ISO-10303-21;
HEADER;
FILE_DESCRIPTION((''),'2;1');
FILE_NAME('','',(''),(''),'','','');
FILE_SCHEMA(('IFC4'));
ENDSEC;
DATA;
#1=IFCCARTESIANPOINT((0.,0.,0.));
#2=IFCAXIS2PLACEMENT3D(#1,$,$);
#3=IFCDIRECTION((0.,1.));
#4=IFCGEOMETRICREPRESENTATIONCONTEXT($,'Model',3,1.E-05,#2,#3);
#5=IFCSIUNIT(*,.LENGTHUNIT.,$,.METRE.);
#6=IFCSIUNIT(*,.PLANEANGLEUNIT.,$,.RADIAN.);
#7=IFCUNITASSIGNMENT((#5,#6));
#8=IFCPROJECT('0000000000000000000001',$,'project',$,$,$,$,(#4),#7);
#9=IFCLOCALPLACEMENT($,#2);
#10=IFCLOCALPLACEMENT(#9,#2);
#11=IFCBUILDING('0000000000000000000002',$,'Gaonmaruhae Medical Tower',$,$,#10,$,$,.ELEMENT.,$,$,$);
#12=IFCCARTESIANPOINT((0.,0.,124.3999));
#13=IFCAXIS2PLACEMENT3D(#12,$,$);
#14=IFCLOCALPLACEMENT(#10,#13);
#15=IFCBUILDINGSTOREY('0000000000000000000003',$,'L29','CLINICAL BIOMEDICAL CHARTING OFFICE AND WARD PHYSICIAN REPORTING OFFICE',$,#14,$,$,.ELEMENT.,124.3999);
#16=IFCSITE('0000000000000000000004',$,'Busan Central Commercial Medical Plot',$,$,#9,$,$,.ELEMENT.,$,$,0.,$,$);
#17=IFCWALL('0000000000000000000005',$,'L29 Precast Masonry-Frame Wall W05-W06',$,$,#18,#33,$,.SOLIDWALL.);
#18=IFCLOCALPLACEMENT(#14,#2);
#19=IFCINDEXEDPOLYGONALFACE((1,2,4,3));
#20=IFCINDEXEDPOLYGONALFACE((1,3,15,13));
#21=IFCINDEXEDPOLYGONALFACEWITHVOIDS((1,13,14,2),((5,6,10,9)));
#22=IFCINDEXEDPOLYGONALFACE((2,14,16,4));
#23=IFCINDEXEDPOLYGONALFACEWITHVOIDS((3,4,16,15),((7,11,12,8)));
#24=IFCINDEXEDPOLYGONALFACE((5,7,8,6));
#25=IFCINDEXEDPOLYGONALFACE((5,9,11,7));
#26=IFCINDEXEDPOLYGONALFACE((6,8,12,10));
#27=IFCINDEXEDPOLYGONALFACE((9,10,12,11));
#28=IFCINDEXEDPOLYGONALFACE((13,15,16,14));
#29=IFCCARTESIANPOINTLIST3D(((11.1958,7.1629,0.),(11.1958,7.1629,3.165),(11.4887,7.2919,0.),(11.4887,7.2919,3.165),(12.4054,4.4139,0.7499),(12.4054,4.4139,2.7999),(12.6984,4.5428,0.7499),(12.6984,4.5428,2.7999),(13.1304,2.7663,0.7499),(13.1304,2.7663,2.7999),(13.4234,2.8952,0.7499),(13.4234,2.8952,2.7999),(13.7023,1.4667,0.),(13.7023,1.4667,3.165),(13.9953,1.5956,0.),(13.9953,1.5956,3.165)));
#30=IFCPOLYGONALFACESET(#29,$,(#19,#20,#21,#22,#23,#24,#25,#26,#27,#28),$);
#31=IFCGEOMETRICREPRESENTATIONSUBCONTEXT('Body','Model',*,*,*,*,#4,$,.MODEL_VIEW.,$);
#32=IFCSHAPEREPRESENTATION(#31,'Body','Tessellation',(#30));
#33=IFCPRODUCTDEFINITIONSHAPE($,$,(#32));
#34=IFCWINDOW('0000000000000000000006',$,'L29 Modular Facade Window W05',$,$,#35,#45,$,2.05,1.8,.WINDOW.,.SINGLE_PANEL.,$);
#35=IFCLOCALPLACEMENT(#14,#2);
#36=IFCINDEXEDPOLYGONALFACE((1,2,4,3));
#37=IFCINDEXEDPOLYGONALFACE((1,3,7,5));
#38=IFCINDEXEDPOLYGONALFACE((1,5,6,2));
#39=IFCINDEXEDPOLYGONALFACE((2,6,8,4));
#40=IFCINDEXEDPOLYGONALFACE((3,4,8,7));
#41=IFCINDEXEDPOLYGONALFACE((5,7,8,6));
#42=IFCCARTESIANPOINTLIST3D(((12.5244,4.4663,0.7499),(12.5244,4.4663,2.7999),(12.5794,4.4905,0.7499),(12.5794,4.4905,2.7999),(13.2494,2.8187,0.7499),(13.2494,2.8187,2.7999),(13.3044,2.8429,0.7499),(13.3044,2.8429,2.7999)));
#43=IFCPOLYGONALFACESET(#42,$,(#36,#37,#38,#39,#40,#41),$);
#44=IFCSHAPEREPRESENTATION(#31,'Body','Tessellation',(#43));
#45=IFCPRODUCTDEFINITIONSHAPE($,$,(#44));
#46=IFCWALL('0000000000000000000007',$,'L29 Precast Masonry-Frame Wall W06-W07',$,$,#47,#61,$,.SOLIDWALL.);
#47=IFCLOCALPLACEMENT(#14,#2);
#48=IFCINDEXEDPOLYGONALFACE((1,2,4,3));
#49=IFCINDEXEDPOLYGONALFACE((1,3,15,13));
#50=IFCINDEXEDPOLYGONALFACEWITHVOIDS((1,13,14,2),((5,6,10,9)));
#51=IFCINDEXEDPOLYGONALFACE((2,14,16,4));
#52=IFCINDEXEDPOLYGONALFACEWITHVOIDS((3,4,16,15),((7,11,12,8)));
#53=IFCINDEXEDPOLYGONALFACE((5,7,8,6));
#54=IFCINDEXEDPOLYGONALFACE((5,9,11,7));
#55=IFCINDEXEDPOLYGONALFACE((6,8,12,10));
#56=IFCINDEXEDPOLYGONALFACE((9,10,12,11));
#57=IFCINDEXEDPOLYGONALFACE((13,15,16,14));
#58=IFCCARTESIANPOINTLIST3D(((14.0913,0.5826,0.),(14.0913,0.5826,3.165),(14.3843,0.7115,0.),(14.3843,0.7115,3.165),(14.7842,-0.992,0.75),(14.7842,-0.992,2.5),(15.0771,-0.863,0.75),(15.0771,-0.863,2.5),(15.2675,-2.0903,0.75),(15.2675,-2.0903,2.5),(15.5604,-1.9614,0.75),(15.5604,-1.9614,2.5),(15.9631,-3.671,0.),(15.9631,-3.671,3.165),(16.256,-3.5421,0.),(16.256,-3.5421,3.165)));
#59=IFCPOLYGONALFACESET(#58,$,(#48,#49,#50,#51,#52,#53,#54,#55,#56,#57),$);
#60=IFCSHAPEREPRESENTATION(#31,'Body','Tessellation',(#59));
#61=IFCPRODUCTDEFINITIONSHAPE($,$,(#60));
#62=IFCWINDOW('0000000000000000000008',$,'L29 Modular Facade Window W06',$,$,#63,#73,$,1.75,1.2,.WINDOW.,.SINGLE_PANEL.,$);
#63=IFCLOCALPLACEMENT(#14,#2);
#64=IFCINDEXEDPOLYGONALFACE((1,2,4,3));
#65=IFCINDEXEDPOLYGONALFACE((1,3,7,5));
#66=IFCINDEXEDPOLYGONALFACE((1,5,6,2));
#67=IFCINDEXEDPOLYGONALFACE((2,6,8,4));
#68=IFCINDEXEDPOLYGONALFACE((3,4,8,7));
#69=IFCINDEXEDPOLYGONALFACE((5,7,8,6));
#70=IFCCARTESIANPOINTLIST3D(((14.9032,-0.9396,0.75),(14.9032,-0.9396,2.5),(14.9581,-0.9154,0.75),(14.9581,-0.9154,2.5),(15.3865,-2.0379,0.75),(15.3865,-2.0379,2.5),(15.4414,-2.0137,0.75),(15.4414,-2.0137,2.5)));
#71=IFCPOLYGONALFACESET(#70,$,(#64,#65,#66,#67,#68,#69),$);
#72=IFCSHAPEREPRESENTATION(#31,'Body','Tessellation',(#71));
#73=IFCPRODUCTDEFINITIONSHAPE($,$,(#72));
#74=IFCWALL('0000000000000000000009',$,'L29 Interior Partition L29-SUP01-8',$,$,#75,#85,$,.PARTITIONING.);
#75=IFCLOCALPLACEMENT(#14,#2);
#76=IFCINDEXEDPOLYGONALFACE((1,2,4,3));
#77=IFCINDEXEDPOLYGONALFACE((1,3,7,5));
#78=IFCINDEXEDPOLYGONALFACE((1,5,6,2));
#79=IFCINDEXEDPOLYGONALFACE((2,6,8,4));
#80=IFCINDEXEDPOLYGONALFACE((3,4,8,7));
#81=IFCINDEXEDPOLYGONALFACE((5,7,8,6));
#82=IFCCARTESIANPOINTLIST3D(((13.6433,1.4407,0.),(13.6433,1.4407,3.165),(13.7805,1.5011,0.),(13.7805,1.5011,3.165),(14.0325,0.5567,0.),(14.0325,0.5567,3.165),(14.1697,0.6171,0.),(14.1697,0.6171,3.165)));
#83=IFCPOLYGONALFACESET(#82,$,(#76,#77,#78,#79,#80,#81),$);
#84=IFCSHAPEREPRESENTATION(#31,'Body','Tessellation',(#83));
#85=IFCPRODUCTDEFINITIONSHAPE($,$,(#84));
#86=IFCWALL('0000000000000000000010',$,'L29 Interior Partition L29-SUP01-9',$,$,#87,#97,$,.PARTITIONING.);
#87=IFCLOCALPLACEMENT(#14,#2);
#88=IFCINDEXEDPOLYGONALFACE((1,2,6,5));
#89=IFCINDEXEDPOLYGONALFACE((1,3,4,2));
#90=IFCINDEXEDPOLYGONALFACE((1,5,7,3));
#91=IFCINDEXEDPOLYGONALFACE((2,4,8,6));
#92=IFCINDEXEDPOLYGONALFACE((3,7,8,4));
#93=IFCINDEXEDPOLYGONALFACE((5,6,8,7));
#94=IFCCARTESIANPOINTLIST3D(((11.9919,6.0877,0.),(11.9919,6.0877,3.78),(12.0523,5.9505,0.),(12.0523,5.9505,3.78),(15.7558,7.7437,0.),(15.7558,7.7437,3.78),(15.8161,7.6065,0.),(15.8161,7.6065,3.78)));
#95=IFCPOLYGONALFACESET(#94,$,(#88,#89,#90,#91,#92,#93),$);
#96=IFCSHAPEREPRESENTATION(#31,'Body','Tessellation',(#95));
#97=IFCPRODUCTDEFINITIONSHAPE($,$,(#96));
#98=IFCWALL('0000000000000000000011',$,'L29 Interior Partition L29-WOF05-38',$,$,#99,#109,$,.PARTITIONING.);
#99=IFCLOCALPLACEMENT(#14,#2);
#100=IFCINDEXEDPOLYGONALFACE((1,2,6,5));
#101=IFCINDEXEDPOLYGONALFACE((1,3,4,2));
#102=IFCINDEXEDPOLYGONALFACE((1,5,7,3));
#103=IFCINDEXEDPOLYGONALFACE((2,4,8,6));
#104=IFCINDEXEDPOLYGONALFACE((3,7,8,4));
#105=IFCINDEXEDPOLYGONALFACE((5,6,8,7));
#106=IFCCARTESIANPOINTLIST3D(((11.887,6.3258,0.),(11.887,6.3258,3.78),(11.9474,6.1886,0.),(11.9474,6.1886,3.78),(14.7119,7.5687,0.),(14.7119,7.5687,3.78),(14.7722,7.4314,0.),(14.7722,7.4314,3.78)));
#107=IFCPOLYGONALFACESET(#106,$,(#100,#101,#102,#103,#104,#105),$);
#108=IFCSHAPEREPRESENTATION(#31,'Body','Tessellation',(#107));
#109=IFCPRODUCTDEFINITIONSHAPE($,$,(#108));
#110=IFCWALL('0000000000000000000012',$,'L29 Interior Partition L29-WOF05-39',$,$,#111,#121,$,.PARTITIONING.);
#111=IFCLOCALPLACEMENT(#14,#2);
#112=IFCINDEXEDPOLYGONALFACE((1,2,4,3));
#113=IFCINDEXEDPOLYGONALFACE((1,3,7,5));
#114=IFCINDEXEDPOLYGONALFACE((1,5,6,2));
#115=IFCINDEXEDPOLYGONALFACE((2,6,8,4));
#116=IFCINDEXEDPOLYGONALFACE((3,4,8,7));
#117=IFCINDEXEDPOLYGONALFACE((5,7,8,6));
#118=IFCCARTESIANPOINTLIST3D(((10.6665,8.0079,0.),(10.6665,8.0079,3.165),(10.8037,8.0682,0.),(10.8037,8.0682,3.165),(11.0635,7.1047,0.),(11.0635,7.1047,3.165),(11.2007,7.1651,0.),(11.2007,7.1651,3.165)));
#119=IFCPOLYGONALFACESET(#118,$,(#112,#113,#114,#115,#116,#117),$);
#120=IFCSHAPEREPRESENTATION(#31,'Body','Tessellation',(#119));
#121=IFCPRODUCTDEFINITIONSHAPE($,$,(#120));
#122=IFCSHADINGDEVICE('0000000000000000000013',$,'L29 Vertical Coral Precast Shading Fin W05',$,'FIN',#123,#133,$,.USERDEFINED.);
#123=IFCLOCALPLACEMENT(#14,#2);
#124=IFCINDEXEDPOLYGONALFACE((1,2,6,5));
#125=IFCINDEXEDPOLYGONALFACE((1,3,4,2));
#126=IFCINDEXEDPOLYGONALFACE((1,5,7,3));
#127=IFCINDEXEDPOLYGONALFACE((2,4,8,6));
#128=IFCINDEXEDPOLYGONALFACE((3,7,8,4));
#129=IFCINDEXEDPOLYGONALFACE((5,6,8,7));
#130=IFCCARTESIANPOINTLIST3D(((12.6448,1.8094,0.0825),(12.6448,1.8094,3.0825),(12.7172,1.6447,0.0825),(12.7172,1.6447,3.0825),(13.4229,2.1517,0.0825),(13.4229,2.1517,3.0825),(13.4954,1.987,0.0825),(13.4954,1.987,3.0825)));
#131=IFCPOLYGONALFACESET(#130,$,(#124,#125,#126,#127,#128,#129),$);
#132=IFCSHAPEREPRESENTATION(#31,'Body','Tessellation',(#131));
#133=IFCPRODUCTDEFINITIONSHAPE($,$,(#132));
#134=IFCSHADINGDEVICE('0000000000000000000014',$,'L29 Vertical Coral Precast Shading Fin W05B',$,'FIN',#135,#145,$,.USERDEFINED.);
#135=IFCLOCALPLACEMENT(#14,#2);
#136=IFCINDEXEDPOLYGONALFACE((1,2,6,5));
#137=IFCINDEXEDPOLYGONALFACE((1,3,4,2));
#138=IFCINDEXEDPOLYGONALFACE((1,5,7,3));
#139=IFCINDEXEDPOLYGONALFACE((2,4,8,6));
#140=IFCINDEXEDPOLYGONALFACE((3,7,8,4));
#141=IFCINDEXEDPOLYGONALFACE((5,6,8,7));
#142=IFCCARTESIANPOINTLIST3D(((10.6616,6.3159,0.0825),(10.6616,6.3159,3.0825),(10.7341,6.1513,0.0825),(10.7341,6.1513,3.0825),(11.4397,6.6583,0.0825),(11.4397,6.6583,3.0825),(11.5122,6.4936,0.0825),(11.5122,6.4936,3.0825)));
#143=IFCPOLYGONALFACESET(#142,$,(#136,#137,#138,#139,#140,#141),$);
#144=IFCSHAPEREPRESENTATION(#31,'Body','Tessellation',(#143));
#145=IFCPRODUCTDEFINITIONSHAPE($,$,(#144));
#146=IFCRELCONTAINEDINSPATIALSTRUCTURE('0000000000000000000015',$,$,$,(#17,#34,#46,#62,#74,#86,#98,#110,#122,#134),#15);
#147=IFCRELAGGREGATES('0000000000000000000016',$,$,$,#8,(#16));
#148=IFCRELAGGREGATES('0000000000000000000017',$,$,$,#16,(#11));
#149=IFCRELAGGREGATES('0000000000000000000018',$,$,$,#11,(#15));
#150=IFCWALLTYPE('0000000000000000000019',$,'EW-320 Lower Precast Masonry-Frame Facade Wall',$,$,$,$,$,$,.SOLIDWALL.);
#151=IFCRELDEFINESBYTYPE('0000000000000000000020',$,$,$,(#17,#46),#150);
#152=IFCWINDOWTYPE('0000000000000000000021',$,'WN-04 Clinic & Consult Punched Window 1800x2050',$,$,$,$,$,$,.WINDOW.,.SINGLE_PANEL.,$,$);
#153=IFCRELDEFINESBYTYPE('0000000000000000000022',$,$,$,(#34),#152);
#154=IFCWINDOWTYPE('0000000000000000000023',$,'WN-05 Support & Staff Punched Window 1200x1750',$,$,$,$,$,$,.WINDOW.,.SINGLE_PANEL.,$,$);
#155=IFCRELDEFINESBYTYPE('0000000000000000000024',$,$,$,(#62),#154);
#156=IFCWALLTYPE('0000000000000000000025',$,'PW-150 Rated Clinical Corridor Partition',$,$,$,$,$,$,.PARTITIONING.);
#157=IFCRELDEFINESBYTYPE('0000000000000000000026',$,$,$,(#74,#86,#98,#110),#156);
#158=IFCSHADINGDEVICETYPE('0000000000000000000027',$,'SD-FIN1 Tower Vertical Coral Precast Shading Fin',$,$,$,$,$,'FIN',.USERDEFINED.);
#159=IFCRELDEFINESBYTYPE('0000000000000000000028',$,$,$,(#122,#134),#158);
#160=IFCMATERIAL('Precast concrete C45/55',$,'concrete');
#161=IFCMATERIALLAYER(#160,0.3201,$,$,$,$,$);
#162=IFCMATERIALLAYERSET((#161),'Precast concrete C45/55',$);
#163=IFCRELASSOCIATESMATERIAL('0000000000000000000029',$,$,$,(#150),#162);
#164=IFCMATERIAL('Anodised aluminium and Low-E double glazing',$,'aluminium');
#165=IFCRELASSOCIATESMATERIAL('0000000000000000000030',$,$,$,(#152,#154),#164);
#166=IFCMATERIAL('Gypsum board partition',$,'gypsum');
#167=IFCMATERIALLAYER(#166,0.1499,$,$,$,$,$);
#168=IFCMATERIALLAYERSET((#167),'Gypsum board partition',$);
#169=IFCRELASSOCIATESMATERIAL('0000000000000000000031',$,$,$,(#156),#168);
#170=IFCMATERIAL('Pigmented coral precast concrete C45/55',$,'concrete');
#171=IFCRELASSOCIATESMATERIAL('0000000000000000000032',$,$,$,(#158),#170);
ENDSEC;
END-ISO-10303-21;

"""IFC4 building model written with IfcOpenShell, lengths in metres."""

from ifc_helpers import new_model, si_unit, direction, frame, frame_2d, origin, origin_2d, place, context, subcontext, project, spatial, rectangle, extrude, material, layer, layer_set, type_object, element, fill, save


model = new_model("IFC4")

# Units and contexts
model_context = context("Model", 3, precision=1e-05, world=origin(), true_north=direction((0.0, 1.0)))
body_context = subcontext(model_context, "Body", "Model", "MODEL_VIEW")
ifc_project = project(units=[si_unit("LENGTHUNIT", "METRE"), si_unit("PLANEANGLEUNIT", "RADIAN")], contexts=[model_context])

# Site, building, storey
site_placement = place(None, origin())
site = spatial("IfcSite", under=ifc_project, at=site_placement, Name="Busan Central Commercial Medical Plot", CompositionType="ELEMENT", RefElevation=0.0)
building_placement = place(site_placement, origin())
building = spatial("IfcBuilding", under=site, at=building_placement, Name="Gaonmaruhae Medical Tower", CompositionType="ELEMENT")
storey_placement = place(building_placement, frame((0.0, 0.0, 124.3999)))
storey = spatial("IfcBuildingStorey", under=building, at=storey_placement, Name="L29", Description="CLINICAL BIOMEDICAL CHARTING OFFICE AND WARD PHYSICIAN REPORTING OFFICE", CompositionType="ELEMENT", Elevation=124.3999)

# Walls, openings, windows
ifc_material_1 = material(Name="Precast concrete C45/55", Category="concrete")
ifc_layer_1 = layer(ifc_material_1, 0.3201)
ifc_layer_set_1 = layer_set([ifc_layer_1], Name="Precast concrete C45/55")
wall_type_1 = type_object("IfcWallType", Name="EW-320 Lower Precast Masonry-Frame Facade Wall", PredefinedType="SOLIDWALL", material=ifc_layer_set_1)
wall_1_placement = place(storey_placement, frame((13.8489, 1.531, 0.0), z_axis=(0.0, 0.0, 1.0), x_axis=(-0.402769, 0.915302, 0.0)))
wall_1 = element("IfcWall", 1, at=wall_1_placement, inside=storey, type_object=wall_type_1, Name="L29 Precast Masonry-Frame Wall W05-W06", PredefinedType="SOLIDWALL", context=body_context, shape_type="SweptSolid", body=[
    extrude(rectangle(XDim=6.2234, YDim=0.3201, at=frame_2d((3.1118, 0.0))), origin(), (0.0, 0.0, 1.0), 3.165),
])
opening_1_placement = place(wall_1_placement, frame((1.4202, 0.0, 0.75)))
opening_1 = element("IfcOpeningElement", 2, at=opening_1_placement, cuts=wall_1, PredefinedType="OPENING", context=body_context, shape_type="SweptSolid", body=[
    extrude(rectangle(XDim=1.8, YDim=2.05, at=frame_2d((0.8999, 1.0249))), frame((0.0, 0.1699, 0.0), z_axis=(0.0, -1.0, 0.0), x_axis=(1.0, 0.0, 0.0)), (0.0, 0.0, 1.0), 0.3401),
])
ifc_material_2 = material(Name="Anodised aluminium and Low-E double glazing", Category="aluminium")
window_type_1 = type_object("IfcWindowType", Name="WN-04 Clinic & Consult Punched Window 1800x2050", PartitioningType="SINGLE_PANEL", PredefinedType="WINDOW", material=ifc_material_2)
window_1_placement = place(opening_1_placement, origin())
window_1 = element("IfcWindow", 3, at=window_1_placement, inside=storey, type_object=window_type_1, Name="L29 Modular Facade Window W05", OverallHeight=2.05, OverallWidth=1.8, PartitioningType="SINGLE_PANEL", PredefinedType="WINDOW", context=body_context, shape_type="SweptSolid", body=[
    extrude(rectangle(XDim=1.8, YDim=2.05, at=frame_2d((0.8999, 1.0249))), frame((0.0, 0.03, 0.0), z_axis=(0.0, -1.0, 0.0), x_axis=(1.0, 0.0, 0.0)), (0.0, 0.0, 1.0), 0.0601),
])
fill(opening_1, window_1)
wall_2_placement = place(storey_placement, frame((16.1096, -3.6067, 0.0), z_axis=(0.0, 0.0, 1.0), x_axis=(-0.402777, 0.915298, 0.0)))
wall_2 = element("IfcWall", 4, at=wall_2_placement, inside=storey, type_object=wall_type_1, Name="L29 Precast Masonry-Frame Wall W06-W07", PredefinedType="SOLIDWALL", context=body_context, shape_type="SweptSolid", body=[
    extrude(rectangle(XDim=4.6472, YDim=0.3201, at=frame_2d((2.3237, 0.0))), origin(), (0.0, 0.0, 1.0), 3.165),
])
opening_2_placement = place(wall_2_placement, frame((1.7271, 0.0, 0.75)))
opening_2 = element("IfcOpeningElement", 5, at=opening_2_placement, cuts=wall_2, PredefinedType="OPENING", context=body_context, shape_type="SweptSolid", body=[
    extrude(rectangle(XDim=1.2, YDim=1.75, at=frame_2d((0.6001, 0.875))), frame((0.0, 0.1699, 0.0), z_axis=(0.0, -1.0, 0.0), x_axis=(1.0, 0.0, 0.0)), (0.0, 0.0, 1.0), 0.3401),
])
window_type_2 = type_object("IfcWindowType", Name="WN-05 Support & Staff Punched Window 1200x1750", PartitioningType="SINGLE_PANEL", PredefinedType="WINDOW", material=ifc_material_2)
window_2_placement = place(opening_2_placement, origin())
window_2 = element("IfcWindow", 6, at=window_2_placement, inside=storey, type_object=window_type_2, Name="L29 Modular Facade Window W06", OverallHeight=1.75, OverallWidth=1.2, PartitioningType="SINGLE_PANEL", PredefinedType="WINDOW", context=body_context, shape_type="SweptSolid", body=[
    extrude(rectangle(XDim=1.2, YDim=1.75, at=frame_2d((0.6001, 0.875))), frame((0.0, 0.03, 0.0), z_axis=(0.0, -1.0, 0.0), x_axis=(1.0, 0.0, 0.0)), (0.0, 0.0, 1.0), 0.0601),
])
fill(opening_2, window_2)

# Walls
ifc_material_3 = material(Name="Gypsum board partition", Category="gypsum")
ifc_layer_2 = layer(ifc_material_3, 0.1499)
ifc_layer_set_2 = layer_set([ifc_layer_2], Name="Gypsum board partition")
wall_type_2 = type_object("IfcWallType", Name="PW-150 Rated Clinical Corridor Partition", PredefinedType="PARTITIONING", material=ifc_layer_set_2)
wall_3_placement = place(storey_placement, frame((14.1011, 0.5869, 0.0), z_axis=(0.0, 0.0, 1.0), x_axis=(-0.4029, 0.915244, 0.0)))
element("IfcWall", 7, at=wall_3_placement, inside=storey, type_object=wall_type_2, Name="L29 Interior Partition L29-SUP01-8", PredefinedType="PARTITIONING", context=body_context, shape_type="SweptSolid", body=[
    extrude(rectangle(XDim=0.9658, YDim=0.1499, at=frame_2d((0.4829, 0.0))), origin(), (0.0, 0.0, 1.0), 3.165),
])
wall_4_placement = place(storey_placement, frame((12.022, 6.019, 0.0), z_axis=(0.0, 0.0, 1.0), x_axis=(0.915326, 0.402715, 0.0)))
element("IfcWall", 8, at=wall_4_placement, inside=storey, type_object=wall_type_2, Name="L29 Interior Partition L29-SUP01-9", PredefinedType="PARTITIONING", context=body_context, shape_type="SweptSolid", body=[
    extrude(rectangle(XDim=4.1121, YDim=0.1499, at=frame_2d((2.0562, 0.0))), origin(), (0.0, 0.0, 1.0), 3.78),
])
wall_5_placement = place(storey_placement, frame((14.7419, 7.5, 0.0), z_axis=(0.0, 0.0, 1.0), x_axis=(-0.915322, -0.402723, 0.0)))
element("IfcWall", 9, at=wall_5_placement, inside=storey, type_object=wall_type_2, Name="L29 Interior Partition L29-WOF05-38", PredefinedType="PARTITIONING", context=body_context, shape_type="SweptSolid", body=[
    extrude(rectangle(XDim=3.0862, YDim=0.1499, at=frame_2d((1.543, 0.0))), origin(), (0.0, 0.0, 1.0), 3.78),
])
wall_6_placement = place(storey_placement, frame((11.1321, 7.135, 0.0), z_axis=(0.0, 0.0, 1.0), x_axis=(-0.402415, 0.915457, 0.0)))
element("IfcWall", 10, at=wall_6_placement, inside=storey, type_object=wall_type_2, Name="L29 Interior Partition L29-WOF05-39", PredefinedType="PARTITIONING", context=body_context, shape_type="SweptSolid", body=[
    extrude(rectangle(XDim=0.9866, YDim=0.1499, at=frame_2d((0.4932, 0.0))), origin(), (0.0, 0.0, 1.0), 3.165),
])

# Shading devices
ifc_material_4 = material(Name="Pigmented coral precast concrete C45/55", Category="concrete")
shading_device_type = type_object("IfcShadingDeviceType", Name="SD-FIN1 Tower Vertical Coral Precast Shading Fin", ElementType="FIN", PredefinedType="USERDEFINED", material=ifc_material_4)
for number, where, z_axis, x_axis, name in (
    (11, (13.0701, 1.8982, 0.0825), (0.0, 0.0, 1.0), (-0.402747, 0.915311, 0.0), "L29 Vertical Coral Precast Shading Fin W05"),
    (12, (11.0869, 6.4048, 0.0825), (0.0, 0.0, 1.0), (-0.402747, 0.915311, 0.0), "L29 Vertical Coral Precast Shading Fin W05B"),
):
    element("IfcShadingDevice", number, at=place(storey_placement, frame(where, z_axis=z_axis, x_axis=x_axis)), inside=storey, type_object=shading_device_type, Name=name, ObjectType="FIN", PredefinedType="USERDEFINED", context=body_context, shape_type="SweptSolid", body=[
        extrude(rectangle(XDim=0.1799, YDim=0.8501, at=origin_2d()), origin(), (0.0, 0.0, 1.0), 3.0),
    ])

save(model, "model.ifc")
